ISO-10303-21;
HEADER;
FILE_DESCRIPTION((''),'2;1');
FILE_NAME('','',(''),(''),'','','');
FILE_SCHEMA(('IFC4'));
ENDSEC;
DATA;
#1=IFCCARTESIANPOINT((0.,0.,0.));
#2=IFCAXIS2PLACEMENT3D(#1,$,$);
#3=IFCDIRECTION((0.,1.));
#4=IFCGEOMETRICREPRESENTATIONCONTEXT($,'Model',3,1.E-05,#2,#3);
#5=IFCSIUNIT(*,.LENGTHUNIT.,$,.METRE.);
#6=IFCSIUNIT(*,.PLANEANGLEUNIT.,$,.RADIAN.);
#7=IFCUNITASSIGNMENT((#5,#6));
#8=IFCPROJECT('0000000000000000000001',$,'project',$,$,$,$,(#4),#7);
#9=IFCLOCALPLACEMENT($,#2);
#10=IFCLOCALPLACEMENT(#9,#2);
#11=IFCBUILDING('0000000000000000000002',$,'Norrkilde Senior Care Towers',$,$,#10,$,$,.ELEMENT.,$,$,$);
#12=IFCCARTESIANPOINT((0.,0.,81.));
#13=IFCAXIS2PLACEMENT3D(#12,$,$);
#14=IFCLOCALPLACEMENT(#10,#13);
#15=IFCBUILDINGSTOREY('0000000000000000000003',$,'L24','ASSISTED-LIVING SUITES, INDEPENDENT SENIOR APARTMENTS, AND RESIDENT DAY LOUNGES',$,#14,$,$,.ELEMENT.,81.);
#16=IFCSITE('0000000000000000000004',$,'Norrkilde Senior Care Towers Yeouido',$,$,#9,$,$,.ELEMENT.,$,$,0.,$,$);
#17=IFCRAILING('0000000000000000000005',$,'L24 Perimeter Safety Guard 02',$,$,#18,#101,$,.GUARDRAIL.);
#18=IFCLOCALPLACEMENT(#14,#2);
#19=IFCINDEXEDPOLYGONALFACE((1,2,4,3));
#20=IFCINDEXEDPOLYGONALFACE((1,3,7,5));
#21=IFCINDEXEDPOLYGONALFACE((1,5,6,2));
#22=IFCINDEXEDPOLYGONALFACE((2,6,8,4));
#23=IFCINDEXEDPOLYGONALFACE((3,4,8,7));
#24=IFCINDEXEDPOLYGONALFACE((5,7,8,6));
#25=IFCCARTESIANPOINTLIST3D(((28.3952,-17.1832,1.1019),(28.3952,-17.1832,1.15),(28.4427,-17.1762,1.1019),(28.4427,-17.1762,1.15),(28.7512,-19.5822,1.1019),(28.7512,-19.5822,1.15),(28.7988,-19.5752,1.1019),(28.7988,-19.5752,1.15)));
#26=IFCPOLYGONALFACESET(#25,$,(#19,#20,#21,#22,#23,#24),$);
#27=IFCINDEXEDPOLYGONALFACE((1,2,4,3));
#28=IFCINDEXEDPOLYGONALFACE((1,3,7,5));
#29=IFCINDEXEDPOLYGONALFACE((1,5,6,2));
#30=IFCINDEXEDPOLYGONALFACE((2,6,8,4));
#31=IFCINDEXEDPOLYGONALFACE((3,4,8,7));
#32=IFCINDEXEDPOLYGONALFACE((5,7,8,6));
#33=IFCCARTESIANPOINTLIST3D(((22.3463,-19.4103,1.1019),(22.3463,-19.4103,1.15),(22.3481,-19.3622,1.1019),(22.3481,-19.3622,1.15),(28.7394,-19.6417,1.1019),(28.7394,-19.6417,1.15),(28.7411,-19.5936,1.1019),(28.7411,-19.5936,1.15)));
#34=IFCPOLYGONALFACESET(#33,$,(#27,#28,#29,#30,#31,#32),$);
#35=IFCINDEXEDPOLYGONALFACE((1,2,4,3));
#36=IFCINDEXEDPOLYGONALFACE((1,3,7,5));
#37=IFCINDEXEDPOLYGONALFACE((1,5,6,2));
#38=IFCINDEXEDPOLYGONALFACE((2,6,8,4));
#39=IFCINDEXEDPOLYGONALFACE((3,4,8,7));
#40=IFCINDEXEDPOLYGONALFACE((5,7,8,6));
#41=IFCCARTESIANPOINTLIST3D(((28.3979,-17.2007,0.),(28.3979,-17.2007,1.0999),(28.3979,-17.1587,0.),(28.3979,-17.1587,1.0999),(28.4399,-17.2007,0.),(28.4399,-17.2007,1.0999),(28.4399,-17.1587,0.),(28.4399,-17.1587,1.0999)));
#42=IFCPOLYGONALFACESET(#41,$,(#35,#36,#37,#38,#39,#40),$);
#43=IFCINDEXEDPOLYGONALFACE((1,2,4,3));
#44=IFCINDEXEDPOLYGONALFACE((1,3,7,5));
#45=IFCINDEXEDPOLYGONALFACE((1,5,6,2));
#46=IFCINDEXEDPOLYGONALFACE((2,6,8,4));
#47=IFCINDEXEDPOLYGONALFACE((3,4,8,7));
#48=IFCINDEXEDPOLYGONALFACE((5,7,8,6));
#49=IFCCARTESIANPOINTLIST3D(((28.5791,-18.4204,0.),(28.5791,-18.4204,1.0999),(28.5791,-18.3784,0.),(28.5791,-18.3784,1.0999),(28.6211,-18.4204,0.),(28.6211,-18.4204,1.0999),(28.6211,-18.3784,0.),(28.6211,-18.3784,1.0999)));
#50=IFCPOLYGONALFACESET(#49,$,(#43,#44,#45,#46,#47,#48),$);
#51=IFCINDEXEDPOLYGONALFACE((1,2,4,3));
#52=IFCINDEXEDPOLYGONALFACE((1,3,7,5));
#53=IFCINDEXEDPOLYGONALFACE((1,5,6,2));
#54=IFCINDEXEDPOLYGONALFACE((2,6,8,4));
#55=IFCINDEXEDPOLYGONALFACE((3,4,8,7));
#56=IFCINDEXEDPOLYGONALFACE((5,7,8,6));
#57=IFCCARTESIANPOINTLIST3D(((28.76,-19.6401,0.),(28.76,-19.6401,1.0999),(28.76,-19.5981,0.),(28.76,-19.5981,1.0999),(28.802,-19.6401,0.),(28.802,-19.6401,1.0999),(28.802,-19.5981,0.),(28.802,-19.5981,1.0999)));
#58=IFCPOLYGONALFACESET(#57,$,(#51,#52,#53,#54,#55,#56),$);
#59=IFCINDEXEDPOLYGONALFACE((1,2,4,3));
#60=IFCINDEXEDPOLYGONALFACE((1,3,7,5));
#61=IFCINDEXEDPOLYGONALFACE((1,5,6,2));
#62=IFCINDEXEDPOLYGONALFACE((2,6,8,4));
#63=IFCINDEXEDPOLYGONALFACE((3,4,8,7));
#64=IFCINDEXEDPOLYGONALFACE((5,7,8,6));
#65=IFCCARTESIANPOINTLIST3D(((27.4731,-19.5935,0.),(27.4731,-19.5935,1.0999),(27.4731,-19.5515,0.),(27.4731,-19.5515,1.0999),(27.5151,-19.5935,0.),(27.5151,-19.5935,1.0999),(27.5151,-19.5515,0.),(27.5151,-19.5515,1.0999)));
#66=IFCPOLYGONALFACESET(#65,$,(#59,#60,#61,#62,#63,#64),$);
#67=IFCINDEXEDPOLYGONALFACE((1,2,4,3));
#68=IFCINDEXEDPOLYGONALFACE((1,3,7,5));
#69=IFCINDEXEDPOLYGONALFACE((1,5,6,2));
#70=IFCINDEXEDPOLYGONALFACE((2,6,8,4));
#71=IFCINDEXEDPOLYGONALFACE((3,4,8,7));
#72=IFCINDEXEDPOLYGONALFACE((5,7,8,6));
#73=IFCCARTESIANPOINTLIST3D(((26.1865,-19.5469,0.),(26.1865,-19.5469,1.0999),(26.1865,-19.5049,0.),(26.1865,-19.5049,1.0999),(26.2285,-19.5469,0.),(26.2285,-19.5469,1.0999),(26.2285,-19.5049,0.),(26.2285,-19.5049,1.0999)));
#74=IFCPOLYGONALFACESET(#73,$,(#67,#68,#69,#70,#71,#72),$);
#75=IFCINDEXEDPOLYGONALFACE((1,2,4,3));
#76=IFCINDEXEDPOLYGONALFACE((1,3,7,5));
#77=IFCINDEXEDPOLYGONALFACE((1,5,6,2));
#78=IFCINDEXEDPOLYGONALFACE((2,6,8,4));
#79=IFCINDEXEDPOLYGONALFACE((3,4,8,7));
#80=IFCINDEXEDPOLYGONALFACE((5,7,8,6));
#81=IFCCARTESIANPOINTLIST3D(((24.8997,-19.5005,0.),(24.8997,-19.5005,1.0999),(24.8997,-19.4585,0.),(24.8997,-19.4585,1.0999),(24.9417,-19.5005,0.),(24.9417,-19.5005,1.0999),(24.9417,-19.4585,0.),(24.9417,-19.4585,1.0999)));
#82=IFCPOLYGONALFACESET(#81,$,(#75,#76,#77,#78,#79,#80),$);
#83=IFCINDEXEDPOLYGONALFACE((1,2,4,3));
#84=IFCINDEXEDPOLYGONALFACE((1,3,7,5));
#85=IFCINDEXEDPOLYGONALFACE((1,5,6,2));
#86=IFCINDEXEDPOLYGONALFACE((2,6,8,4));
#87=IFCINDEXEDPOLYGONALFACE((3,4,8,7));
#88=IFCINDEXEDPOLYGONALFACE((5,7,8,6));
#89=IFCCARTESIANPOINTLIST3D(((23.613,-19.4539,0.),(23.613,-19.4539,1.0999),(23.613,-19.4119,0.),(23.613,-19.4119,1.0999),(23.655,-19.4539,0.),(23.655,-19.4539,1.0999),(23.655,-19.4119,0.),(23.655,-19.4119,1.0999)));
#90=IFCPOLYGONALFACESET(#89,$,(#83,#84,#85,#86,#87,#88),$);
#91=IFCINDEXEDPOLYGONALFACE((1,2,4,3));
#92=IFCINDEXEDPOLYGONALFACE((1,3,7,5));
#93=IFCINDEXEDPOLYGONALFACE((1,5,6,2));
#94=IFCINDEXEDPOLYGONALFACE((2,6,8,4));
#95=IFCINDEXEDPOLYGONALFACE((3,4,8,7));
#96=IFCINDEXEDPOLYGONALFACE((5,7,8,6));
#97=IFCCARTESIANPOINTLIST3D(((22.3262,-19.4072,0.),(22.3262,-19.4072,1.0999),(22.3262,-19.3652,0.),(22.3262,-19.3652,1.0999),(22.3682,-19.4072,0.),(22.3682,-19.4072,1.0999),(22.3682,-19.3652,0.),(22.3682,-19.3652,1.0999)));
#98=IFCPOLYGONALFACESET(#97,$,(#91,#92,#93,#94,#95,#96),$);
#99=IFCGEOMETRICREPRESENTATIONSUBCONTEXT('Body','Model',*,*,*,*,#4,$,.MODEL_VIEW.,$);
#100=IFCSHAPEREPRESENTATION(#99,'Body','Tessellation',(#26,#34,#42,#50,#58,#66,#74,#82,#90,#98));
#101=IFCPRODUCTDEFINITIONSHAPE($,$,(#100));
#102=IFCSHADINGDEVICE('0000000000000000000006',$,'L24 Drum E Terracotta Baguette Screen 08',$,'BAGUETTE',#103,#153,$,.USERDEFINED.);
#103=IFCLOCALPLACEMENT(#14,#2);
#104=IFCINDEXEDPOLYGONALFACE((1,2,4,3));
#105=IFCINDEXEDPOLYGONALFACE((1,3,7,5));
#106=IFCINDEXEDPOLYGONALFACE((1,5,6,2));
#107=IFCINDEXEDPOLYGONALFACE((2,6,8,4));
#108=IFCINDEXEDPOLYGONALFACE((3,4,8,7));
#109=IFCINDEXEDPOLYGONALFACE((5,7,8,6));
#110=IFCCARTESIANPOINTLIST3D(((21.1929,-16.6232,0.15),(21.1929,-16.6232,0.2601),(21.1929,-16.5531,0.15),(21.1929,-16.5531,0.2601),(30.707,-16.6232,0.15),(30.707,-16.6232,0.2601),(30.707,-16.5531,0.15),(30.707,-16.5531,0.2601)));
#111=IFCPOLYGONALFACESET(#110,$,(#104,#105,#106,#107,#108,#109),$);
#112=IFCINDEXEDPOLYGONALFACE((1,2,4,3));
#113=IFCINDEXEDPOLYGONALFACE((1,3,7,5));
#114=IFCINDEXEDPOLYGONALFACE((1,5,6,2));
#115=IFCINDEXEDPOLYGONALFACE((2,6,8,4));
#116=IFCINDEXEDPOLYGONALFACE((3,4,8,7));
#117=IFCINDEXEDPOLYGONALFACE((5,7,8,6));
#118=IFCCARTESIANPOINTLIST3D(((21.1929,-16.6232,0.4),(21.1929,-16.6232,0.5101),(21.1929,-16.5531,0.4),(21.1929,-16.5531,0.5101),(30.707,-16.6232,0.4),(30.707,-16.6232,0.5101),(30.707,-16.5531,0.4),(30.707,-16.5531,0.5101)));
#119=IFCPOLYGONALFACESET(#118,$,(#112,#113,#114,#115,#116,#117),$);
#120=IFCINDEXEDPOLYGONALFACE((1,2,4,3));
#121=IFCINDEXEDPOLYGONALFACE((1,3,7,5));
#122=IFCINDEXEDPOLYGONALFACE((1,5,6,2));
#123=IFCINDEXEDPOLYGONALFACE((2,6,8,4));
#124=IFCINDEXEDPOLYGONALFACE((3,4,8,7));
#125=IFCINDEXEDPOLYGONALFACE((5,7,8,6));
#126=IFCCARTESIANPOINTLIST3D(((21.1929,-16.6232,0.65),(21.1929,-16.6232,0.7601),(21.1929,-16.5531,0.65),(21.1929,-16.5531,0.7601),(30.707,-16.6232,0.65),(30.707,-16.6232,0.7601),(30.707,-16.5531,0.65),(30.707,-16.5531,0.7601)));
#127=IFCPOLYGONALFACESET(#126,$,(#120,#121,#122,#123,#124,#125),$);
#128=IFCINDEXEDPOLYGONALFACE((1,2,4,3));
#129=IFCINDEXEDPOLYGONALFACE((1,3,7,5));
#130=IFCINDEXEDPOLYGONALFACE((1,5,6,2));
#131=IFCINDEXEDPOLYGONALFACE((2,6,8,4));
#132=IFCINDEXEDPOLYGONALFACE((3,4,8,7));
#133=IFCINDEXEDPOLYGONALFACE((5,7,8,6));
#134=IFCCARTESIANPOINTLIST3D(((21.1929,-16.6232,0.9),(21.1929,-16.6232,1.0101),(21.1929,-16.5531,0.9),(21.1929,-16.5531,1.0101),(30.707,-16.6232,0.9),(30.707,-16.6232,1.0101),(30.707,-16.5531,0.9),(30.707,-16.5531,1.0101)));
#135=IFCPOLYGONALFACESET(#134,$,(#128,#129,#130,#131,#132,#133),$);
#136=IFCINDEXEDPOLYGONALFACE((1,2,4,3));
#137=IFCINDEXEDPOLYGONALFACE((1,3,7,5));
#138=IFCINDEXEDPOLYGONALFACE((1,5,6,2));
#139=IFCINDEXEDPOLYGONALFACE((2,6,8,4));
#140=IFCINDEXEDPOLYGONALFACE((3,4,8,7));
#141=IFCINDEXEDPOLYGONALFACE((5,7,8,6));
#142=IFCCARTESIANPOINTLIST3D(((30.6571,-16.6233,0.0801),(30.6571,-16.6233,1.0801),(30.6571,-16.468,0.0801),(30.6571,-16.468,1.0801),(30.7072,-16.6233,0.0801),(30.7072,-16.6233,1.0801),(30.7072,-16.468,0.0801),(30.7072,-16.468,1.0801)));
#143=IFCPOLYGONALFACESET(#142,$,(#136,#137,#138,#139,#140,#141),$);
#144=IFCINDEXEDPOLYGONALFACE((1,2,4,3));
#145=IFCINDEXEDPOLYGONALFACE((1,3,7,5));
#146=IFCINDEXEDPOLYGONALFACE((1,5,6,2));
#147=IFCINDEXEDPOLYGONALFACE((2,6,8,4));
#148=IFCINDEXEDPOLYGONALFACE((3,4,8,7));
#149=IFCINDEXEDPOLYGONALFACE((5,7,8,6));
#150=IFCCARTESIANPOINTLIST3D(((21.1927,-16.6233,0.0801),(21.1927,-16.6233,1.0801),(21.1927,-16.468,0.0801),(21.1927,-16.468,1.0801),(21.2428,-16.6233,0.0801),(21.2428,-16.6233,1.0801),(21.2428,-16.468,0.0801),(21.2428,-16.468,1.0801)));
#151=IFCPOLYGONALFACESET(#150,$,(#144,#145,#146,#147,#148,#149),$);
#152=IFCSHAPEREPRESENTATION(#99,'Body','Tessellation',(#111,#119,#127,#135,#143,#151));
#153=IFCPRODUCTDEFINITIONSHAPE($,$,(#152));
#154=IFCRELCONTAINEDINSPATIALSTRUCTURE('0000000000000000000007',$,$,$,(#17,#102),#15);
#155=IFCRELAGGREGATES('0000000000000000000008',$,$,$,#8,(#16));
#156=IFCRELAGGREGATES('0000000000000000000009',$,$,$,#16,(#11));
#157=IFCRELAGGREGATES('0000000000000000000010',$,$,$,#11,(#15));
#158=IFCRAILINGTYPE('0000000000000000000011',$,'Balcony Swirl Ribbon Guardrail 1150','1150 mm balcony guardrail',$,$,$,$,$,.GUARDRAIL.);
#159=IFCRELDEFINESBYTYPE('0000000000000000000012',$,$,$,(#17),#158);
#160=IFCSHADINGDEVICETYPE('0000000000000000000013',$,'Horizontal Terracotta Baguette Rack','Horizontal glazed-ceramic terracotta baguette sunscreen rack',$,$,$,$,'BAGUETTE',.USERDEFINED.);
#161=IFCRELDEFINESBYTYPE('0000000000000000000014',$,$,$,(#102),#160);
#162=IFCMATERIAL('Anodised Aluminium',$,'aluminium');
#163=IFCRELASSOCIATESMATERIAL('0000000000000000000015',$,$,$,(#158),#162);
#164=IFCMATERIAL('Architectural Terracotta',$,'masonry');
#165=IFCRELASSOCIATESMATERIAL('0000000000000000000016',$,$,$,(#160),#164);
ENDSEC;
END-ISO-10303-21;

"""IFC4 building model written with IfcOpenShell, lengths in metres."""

from ifc_helpers import new_model, si_unit, direction, frame, origin, origin_2d, place, context, subcontext, project, spatial, rectangle, extrude, source, transform, mapped, material, type_object, type_shapes, element, save


model = new_model("IFC4")

# Units and contexts
model_context = context("Model", 3, precision=1e-05, world=origin(), true_north=direction((0.0, 1.0)))
body_context = subcontext(model_context, "Body", "Model", "MODEL_VIEW")
ifc_project = project(units=[si_unit("LENGTHUNIT", "METRE"), si_unit("PLANEANGLEUNIT", "RADIAN")], contexts=[model_context])

# Site, building, storey
site_placement = place(None, origin())
site = spatial("IfcSite", under=ifc_project, at=site_placement, Name="Norrkilde Senior Care Towers Yeouido", CompositionType="ELEMENT", RefElevation=0.0)
building_placement = place(site_placement, origin())
building = spatial("IfcBuilding", under=site, at=building_placement, Name="Norrkilde Senior Care Towers", CompositionType="ELEMENT")
storey_placement = place(building_placement, frame((0.0, 0.0, 81.0)))
storey = spatial("IfcBuildingStorey", under=building, at=storey_placement, Name="L24", Description="ASSISTED-LIVING SUITES, INDEPENDENT SENIOR APARTMENTS, AND RESIDENT DAY LOUNGES", CompositionType="ELEMENT", Elevation=81.0)

# Shared definitions
ifc_material_1 = material(Name="Anodised Aluminium", Category="aluminium")

# Railing
railing_type = type_object("IfcRailingType", Name="Balcony Swirl Ribbon Guardrail 1150", Description="1150 mm balcony guardrail", PredefinedType="GUARDRAIL", material=ifc_material_1)
railing_placement = place(storey_placement, frame((28.4189, -17.1797, 0.0)))
element("IfcRailing", 1, at=railing_placement, inside=storey, type_object=railing_type, Name="L24 Perimeter Safety Guard 02", PredefinedType="GUARDRAIL", context=body_context, shape_type="SweptSolid", body=[
    extrude(rectangle(XDim=0.0481, YDim=0.0481, at=origin_2d()), frame((0.0, 0.0, 1.126), z_axis=(0.146811, -0.989165, 0.0), x_axis=(0.989165, 0.146811, 0.0)), (0.0, 0.0, 1.0), 2.4253),
    extrude(rectangle(XDim=0.0481, YDim=0.0481, at=origin_2d()), frame((0.3213, -2.438, 1.126), z_axis=(-0.999345, 0.036177, 0.0), x_axis=(-0.036177, -0.999345, 0.0)), (0.0, 0.0, 1.0), 6.3972),
    extrude(rectangle(XDim=0.042, YDim=0.042, at=origin_2d()), origin(), (0.0, 0.0, 1.0), 1.0999),
    extrude(rectangle(XDim=0.042, YDim=0.042, at=origin_2d()), frame((0.1812, -1.2197, 0.0)), (0.0, 0.0, 1.0), 1.0999),
    extrude(rectangle(XDim=0.042, YDim=0.042, at=origin_2d()), frame((0.3621, -2.4395, 0.0)), (0.0, 0.0, 1.0), 1.0999),
    extrude(rectangle(XDim=0.042, YDim=0.042, at=origin_2d()), frame((-0.9248, -2.3928, 0.0)), (0.0, 0.0, 1.0), 1.0999),
    extrude(rectangle(XDim=0.042, YDim=0.042, at=origin_2d()), frame((-2.2114, -2.3462, 0.0)), (0.0, 0.0, 1.0), 1.0999),
    extrude(rectangle(XDim=0.042, YDim=0.042, at=origin_2d()), frame((-3.4983, -2.2998, 0.0)), (0.0, 0.0, 1.0), 1.0999),
    extrude(rectangle(XDim=0.042, YDim=0.042, at=origin_2d()), frame((-4.7849, -2.2532, 0.0)), (0.0, 0.0, 1.0), 1.0999),
    extrude(rectangle(XDim=0.042, YDim=0.042, at=origin_2d()), frame((-6.0718, -2.2065, 0.0)), (0.0, 0.0, 1.0), 1.0999),
])

# Shading device
ifc_material_2 = material(Name="Architectural Terracotta", Category="masonry")
shading_device_type = type_object("IfcShadingDeviceType", Name="Horizontal Terracotta Baguette Rack", Description="Horizontal glazed-ceramic terracotta baguette sunscreen rack", ElementType="BAGUETTE", PredefinedType="USERDEFINED", material=ifc_material_2)
shared_shape_1 = source(origin(), body_context, "Body", "SweptSolid", [
    extrude(rectangle(XDim=0.0701, YDim=0.1101, at=origin_2d()), frame((0.0, 0.0901, 0.125), z_axis=(1.0, 0.0, 0.0), x_axis=(0.0, 1.0, 0.0)), (0.0, 0.0, 1.0), 9.5142),
    extrude(rectangle(XDim=0.0701, YDim=0.1101, at=origin_2d()), frame((0.0, 0.0901, 0.375), z_axis=(1.0, 0.0, 0.0), x_axis=(0.0, 1.0, 0.0)), (0.0, 0.0, 1.0), 9.5142),
    extrude(rectangle(XDim=0.0701, YDim=0.1101, at=origin_2d()), frame((0.0, 0.0901, 0.625), z_axis=(1.0, 0.0, 0.0), x_axis=(0.0, 1.0, 0.0)), (0.0, 0.0, 1.0), 9.5142),
    extrude(rectangle(XDim=0.0701, YDim=0.1101, at=origin_2d()), frame((0.0, 0.0901, 0.875), z_axis=(1.0, 0.0, 0.0), x_axis=(0.0, 1.0, 0.0)), (0.0, 0.0, 1.0), 9.5142),
    extrude(rectangle(XDim=0.05, YDim=0.1553, at=origin_2d()), frame((0.0249, 0.0476, 0.0)), (0.0, 0.0, 1.0), 1.0),
    extrude(rectangle(XDim=0.05, YDim=0.1553, at=origin_2d()), frame((9.4893, 0.0476, 0.0)), (0.0, 0.0, 1.0), 1.0),
])
type_shapes(shading_device_type, [shared_shape_1])
shading_device_placement = place(storey_placement, frame((30.707, -16.498, 0.0801), z_axis=(0.0, 0.0, 1.0), x_axis=(-1.0, 0.0, 0.0)))
element("IfcShadingDevice", 2, at=shading_device_placement, inside=storey, type_object=shading_device_type, Name="L24 Drum E Terracotta Baguette Screen 08", ObjectType="BAGUETTE", PredefinedType="USERDEFINED", context=body_context, shape_type="MappedRepresentation", body=[
    mapped(shared_shape_1, transform((0.0, 0.0, 0.0), x_axis=(1.0, 0.0, 0.0), y_axis=(0.0, 1.0, 0.0), z_axis=(0.0, 0.0, 1.0), scale=1.0)),
])

save(model, "model.ifc")
